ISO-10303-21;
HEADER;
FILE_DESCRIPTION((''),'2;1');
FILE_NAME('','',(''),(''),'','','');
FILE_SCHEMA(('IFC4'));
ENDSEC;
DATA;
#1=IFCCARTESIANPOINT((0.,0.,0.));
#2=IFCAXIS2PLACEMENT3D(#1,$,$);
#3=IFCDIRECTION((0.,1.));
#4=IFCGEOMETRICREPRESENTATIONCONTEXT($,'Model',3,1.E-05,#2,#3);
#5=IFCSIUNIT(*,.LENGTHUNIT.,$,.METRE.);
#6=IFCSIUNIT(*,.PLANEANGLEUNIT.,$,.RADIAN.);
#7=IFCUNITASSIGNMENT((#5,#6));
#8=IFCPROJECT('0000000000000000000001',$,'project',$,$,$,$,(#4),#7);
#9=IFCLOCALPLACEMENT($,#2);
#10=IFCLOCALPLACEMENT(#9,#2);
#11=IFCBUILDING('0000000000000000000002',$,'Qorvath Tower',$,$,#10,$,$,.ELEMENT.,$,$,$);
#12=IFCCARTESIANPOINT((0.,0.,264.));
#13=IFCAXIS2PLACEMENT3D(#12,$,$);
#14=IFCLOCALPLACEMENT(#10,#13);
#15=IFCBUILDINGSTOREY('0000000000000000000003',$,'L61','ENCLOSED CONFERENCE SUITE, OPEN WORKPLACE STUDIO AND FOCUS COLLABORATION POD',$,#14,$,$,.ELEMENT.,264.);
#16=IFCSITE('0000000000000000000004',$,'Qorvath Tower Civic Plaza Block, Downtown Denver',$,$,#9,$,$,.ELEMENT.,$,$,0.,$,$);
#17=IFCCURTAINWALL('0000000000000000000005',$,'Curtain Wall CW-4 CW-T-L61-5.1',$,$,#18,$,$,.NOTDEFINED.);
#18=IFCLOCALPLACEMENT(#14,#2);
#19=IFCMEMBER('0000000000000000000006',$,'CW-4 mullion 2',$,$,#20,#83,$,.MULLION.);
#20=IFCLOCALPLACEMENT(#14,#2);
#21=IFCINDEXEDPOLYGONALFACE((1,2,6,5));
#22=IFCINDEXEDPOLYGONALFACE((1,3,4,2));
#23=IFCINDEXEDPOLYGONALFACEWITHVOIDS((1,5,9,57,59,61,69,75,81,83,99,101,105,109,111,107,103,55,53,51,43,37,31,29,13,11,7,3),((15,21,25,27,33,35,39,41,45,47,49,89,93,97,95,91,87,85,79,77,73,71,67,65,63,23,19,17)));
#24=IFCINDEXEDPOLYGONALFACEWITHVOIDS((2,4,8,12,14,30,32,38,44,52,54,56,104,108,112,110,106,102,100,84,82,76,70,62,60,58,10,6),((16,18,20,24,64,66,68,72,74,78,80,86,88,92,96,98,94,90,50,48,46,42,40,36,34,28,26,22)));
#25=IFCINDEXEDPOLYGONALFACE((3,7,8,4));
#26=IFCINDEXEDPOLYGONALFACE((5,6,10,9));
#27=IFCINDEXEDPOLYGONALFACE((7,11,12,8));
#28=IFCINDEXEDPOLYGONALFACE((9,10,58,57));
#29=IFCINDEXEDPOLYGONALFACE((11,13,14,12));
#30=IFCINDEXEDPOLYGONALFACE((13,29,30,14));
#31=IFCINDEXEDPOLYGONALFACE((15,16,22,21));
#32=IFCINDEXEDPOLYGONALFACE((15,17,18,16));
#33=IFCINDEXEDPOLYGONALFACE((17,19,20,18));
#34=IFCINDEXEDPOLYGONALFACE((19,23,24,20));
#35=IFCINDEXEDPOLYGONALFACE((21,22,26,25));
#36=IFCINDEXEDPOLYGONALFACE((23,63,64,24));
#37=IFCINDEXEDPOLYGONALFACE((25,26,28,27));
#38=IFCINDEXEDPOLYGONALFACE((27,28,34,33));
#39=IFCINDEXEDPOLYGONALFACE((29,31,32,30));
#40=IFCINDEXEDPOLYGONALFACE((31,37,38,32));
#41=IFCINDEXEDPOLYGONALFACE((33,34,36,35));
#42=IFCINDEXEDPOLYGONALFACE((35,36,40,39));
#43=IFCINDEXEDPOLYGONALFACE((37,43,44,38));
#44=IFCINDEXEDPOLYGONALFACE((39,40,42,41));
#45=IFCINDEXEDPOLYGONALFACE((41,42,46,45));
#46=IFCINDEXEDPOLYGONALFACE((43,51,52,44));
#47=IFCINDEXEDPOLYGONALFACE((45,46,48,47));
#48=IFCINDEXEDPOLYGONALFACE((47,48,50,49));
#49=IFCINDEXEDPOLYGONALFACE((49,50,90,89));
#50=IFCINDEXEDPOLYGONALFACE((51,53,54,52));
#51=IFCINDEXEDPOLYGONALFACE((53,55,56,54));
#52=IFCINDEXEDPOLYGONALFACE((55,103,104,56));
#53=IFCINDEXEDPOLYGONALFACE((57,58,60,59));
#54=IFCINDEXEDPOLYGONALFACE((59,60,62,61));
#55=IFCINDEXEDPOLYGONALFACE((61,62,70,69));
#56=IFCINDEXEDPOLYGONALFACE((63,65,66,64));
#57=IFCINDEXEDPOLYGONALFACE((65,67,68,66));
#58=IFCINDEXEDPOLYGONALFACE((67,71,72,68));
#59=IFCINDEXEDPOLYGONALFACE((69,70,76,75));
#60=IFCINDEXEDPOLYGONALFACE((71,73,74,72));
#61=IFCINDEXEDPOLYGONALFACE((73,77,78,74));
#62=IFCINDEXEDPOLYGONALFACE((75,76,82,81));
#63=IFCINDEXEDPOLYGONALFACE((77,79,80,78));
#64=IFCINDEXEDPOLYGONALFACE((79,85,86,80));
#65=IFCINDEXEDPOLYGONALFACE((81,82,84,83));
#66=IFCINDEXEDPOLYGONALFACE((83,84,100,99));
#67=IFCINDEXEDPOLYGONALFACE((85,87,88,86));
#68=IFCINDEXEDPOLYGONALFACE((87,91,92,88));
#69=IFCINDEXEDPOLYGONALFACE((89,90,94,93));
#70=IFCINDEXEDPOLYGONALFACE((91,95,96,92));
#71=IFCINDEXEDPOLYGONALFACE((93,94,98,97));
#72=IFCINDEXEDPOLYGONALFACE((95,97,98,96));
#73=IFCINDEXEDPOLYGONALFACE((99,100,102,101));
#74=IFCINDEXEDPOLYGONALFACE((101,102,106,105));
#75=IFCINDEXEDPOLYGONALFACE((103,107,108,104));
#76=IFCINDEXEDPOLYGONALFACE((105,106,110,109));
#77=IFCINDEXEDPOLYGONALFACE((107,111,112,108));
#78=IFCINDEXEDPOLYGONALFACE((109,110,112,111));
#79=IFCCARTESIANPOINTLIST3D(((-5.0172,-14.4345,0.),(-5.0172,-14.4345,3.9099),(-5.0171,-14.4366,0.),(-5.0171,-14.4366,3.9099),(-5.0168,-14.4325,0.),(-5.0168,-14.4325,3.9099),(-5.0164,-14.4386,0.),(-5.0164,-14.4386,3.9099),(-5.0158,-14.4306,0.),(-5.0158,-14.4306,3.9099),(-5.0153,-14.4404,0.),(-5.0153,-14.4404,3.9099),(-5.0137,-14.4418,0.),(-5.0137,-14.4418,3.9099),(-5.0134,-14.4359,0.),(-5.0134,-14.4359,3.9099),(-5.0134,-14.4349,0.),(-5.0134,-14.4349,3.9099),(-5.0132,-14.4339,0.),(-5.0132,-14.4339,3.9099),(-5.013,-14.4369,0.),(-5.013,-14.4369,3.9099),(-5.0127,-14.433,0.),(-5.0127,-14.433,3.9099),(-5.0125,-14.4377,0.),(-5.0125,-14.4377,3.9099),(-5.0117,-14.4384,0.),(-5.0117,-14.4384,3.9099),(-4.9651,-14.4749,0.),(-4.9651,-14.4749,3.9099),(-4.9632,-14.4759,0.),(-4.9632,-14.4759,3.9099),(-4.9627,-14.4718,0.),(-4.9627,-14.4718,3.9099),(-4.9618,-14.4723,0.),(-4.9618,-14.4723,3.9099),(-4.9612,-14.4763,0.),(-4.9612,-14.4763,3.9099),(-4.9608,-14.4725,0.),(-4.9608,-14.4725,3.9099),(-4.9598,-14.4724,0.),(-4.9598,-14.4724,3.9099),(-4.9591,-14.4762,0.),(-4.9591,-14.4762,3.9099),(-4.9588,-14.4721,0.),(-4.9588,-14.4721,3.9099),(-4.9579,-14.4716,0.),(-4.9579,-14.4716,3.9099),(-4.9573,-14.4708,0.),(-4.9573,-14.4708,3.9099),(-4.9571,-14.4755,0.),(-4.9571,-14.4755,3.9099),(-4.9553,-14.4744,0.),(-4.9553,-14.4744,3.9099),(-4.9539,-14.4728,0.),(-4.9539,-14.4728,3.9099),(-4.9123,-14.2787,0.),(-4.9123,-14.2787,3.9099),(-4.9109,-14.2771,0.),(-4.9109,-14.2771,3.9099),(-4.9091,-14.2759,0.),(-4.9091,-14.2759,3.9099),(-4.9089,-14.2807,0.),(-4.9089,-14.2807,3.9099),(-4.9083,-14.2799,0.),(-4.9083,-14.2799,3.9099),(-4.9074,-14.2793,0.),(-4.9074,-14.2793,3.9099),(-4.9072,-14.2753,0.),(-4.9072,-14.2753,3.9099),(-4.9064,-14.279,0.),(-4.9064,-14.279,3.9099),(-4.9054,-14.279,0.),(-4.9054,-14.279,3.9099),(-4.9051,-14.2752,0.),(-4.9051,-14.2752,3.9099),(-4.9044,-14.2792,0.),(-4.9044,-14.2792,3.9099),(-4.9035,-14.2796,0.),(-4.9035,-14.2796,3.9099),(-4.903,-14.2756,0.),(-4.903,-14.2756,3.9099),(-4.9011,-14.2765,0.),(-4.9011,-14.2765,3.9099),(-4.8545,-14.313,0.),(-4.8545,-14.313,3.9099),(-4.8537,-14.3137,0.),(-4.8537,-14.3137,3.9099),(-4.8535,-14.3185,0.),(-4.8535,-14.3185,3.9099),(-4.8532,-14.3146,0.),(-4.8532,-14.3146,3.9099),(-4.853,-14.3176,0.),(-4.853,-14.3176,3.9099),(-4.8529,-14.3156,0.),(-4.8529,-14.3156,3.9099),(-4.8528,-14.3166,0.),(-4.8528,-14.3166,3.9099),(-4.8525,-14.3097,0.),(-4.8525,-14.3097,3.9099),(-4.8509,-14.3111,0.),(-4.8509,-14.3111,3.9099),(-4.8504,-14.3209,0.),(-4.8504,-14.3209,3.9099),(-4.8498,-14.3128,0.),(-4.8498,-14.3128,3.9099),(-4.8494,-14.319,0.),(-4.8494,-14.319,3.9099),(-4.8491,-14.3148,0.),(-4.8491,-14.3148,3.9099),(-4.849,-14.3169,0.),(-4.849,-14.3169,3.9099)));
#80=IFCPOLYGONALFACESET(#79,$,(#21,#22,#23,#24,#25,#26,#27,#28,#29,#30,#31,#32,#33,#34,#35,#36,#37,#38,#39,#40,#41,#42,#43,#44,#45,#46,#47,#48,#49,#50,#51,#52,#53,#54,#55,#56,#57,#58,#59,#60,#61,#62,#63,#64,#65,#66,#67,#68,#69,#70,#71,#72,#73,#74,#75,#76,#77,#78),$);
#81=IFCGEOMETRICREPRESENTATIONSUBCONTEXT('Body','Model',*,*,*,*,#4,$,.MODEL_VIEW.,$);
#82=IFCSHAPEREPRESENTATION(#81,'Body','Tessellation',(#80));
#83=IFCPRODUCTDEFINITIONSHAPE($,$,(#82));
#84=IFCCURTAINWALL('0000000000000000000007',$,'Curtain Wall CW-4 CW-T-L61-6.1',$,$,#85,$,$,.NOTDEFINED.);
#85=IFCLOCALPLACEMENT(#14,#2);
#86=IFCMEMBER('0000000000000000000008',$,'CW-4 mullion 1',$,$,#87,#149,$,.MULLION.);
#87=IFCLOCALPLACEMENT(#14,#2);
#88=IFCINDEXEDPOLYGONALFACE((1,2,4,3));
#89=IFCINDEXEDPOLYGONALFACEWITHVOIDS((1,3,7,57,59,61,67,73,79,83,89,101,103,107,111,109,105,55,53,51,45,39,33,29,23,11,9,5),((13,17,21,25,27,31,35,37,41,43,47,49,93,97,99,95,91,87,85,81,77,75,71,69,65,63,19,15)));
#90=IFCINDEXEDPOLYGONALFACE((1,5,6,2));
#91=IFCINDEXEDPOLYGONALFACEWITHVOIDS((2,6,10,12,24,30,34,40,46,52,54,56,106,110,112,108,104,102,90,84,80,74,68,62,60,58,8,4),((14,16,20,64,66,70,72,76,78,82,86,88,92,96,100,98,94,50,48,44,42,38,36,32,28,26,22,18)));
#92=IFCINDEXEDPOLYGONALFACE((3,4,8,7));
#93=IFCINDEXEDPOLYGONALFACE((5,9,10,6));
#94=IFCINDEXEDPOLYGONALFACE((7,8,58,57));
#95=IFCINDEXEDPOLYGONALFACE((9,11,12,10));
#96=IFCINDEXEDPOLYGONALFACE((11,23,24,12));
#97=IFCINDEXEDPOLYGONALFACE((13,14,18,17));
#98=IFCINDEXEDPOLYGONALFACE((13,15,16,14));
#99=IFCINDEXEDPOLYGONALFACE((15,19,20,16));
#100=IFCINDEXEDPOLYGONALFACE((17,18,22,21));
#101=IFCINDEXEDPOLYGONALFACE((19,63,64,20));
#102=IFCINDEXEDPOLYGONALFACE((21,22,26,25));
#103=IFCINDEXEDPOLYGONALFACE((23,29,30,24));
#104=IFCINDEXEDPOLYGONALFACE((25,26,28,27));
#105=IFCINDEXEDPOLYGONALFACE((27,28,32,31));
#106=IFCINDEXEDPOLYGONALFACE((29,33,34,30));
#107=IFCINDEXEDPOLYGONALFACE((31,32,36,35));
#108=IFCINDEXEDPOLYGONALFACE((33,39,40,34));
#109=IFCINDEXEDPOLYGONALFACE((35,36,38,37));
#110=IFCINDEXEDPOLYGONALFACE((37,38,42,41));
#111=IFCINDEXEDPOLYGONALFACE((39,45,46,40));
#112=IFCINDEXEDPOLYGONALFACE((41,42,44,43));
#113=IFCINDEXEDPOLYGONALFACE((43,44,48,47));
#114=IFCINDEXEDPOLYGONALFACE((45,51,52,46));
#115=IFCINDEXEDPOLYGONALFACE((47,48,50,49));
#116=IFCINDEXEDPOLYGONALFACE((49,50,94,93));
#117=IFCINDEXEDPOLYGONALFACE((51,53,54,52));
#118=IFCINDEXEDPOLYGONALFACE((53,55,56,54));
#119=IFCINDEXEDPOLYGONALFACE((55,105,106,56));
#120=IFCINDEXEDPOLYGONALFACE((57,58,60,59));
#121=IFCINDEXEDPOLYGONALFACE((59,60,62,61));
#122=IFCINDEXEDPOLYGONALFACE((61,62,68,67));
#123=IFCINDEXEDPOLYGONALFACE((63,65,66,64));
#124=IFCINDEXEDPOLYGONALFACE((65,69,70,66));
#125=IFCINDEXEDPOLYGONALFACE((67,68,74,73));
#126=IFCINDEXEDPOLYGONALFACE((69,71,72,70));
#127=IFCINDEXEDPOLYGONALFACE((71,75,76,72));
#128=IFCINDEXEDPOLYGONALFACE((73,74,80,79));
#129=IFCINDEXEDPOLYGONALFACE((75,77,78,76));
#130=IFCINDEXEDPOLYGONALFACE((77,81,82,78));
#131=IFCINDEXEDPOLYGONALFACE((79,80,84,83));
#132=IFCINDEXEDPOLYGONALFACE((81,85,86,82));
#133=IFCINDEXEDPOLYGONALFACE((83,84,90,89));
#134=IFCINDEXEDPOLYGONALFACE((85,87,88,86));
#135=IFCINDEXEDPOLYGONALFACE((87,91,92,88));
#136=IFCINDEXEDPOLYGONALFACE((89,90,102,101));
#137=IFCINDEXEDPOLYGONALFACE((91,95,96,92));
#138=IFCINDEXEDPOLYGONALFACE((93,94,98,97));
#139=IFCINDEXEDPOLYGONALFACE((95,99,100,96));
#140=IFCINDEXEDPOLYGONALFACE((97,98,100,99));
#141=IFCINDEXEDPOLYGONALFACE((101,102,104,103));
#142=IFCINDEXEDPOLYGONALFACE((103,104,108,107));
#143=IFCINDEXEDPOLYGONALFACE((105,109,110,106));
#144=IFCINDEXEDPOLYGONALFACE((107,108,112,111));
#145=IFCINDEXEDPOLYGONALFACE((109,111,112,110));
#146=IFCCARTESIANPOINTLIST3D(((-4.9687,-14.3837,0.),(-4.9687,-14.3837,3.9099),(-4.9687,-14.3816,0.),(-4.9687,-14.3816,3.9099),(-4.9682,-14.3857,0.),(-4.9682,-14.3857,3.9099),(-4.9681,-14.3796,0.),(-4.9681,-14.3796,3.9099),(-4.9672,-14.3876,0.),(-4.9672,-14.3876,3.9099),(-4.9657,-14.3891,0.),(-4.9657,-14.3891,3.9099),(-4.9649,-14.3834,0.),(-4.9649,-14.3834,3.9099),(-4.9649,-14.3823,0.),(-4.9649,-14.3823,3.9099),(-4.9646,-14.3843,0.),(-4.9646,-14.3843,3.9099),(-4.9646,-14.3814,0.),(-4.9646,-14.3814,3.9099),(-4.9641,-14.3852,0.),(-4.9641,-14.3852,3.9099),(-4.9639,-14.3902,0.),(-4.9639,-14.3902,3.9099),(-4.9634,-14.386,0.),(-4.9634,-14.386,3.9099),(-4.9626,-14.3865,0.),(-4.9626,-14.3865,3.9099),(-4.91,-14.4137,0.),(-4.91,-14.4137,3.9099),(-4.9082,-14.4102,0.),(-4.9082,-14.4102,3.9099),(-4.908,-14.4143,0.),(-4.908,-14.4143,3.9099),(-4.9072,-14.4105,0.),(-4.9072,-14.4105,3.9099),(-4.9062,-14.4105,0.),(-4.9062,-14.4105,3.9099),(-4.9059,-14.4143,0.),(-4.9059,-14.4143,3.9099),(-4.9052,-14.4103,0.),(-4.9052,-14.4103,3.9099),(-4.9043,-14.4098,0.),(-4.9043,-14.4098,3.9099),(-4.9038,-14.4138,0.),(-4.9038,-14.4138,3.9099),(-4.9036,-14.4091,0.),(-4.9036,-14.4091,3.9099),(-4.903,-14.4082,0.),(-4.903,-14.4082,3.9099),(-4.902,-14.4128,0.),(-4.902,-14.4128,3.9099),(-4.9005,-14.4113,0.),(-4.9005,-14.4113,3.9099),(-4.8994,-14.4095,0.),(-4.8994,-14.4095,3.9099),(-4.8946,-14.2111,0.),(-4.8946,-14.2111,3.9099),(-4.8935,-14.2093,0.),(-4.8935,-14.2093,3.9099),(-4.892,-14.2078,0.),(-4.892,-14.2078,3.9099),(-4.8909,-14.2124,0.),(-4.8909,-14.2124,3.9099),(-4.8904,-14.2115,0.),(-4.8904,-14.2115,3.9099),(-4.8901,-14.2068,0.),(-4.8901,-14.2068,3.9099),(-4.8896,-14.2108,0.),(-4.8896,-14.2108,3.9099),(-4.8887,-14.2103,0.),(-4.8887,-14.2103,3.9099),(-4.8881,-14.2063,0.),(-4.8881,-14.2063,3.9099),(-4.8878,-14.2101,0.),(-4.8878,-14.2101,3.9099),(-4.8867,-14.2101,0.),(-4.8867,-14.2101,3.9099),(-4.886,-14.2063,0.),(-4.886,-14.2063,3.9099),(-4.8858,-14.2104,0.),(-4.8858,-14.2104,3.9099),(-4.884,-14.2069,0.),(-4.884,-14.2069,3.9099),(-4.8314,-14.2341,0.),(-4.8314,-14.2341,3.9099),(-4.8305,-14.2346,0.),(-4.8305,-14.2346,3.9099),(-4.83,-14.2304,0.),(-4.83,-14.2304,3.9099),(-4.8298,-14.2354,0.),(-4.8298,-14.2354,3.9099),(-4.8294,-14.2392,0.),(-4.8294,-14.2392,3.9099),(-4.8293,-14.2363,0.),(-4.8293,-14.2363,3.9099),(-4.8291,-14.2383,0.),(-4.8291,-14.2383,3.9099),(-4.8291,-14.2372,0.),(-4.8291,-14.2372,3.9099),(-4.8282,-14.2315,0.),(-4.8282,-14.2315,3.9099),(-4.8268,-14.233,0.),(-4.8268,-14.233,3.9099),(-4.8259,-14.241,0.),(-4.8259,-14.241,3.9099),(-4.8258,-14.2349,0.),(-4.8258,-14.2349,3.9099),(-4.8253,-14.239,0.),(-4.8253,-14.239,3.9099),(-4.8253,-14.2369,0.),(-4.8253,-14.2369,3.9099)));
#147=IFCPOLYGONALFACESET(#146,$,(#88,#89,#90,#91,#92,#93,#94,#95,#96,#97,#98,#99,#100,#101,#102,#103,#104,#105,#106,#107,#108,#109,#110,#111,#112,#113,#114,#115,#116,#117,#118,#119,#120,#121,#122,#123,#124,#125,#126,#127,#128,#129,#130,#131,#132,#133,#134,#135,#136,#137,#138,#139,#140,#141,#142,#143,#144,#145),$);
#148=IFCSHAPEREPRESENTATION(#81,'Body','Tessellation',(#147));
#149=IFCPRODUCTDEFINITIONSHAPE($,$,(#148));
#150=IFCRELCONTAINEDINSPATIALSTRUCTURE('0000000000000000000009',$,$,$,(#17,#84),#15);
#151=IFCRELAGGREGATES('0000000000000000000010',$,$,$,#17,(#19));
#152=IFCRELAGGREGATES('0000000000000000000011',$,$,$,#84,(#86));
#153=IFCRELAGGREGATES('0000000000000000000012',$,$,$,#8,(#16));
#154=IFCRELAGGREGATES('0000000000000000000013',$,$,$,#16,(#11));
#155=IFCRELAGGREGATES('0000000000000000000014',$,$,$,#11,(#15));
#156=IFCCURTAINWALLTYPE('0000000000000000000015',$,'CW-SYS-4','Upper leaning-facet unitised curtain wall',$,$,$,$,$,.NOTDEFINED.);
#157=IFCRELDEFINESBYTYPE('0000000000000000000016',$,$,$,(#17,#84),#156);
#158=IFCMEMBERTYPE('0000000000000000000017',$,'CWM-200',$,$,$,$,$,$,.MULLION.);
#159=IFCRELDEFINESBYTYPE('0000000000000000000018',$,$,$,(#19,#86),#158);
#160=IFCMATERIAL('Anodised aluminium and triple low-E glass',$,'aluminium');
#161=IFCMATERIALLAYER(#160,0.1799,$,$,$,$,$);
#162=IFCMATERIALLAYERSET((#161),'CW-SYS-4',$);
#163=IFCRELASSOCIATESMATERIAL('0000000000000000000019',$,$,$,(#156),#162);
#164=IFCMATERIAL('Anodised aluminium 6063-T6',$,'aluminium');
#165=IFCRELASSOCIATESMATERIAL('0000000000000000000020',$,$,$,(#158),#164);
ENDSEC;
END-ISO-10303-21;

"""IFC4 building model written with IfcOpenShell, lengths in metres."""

from ifc_helpers import new_model, si_unit, direction, frame, origin, origin_2d, place, context, subcontext, project, spatial, hollow_rectangle, extrude, material, layer, layer_set, material_profile, profile_set, type_object, element, aggregate, save


model = new_model("IFC4")

# Units and contexts
model_context = context("Model", 3, precision=1e-05, world=origin(), true_north=direction((0.0, 1.0)))
body_context = subcontext(model_context, "Body", "Model", "MODEL_VIEW")
ifc_project = project(units=[si_unit("LENGTHUNIT", "METRE"), si_unit("PLANEANGLEUNIT", "RADIAN")], contexts=[model_context])

# Site, building, storey
site_placement = place(None, origin())
site = spatial("IfcSite", under=ifc_project, at=site_placement, Name="Qorvath Tower Civic Plaza Block, Downtown Denver", CompositionType="ELEMENT", RefElevation=0.0)
building_placement = place(site_placement, origin())
building = spatial("IfcBuilding", under=site, at=building_placement, Name="Qorvath Tower", CompositionType="ELEMENT")
storey_placement = place(building_placement, frame((0.0, 0.0, 264.0)))
storey = spatial("IfcBuildingStorey", under=building, at=storey_placement, Name="L61", Description="ENCLOSED CONFERENCE SUITE, OPEN WORKPLACE STUDIO AND FOCUS COLLABORATION POD", CompositionType="ELEMENT", Elevation=264.0)

# Shared definitions
ifc_material_1 = material(Name="Anodised aluminium and triple low-E glass", Category="aluminium")
ifc_layer_1 = layer(ifc_material_1, 0.1799)
ifc_layer_set_1 = layer_set([ifc_layer_1], Name="CW-SYS-4")
curtain_wall_type = type_object("IfcCurtainWallType", Name="CW-SYS-4", Description="Upper leaning-facet unitised curtain wall", PredefinedType="NOTDEFINED", material=ifc_layer_set_1)
ifc_material_2 = material(Name="Anodised aluminium 6063-T6", Category="aluminium")
ifc_material_profile_1 = material_profile(ifc_material_2, hollow_rectangle(XDim=0.075, YDim=0.2, WallThickness=0.0039, InnerFilletRadius=0.0039, OuterFilletRadius=0.0081, at=origin_2d()), Name="CWM 200x75")
ifc_profile_set_1 = profile_set([ifc_material_profile_1], Name="Anodised aluminium 6063-T6")
member_type_1 = type_object("IfcMemberType", Name="CWM-200", PredefinedType="MULLION", material=ifc_profile_set_1)

# Curtain walls, members
curtain_wall_1_placement = place(storey_placement, origin())
curtain_wall_1 = element("IfcCurtainWall", 1, at=curtain_wall_1_placement, inside=storey, type_object=curtain_wall_type, Name="Curtain Wall CW-4 CW-T-L61-5.1", PredefinedType="NOTDEFINED")
member_1_placement = place(storey_placement, frame((-4.9331, -14.3757, 0.0), z_axis=(0.0, 0.0, 1.0), x_axis=(-0.826358, 0.563145, 0.0)))
member_1 = element("IfcMember", 2, at=member_1_placement, type_object=member_type_1, Name="CW-4 mullion 2", PredefinedType="MULLION", context=body_context, shape_type="SweptSolid", body=[
    extrude(hollow_rectangle(XDim=0.075, YDim=0.2, WallThickness=0.0039, InnerFilletRadius=0.0039, OuterFilletRadius=0.0081, at=origin_2d()), origin(), (0.0, 0.0, 1.0), 3.9099),
])
curtain_wall_2_placement = place(storey_placement, origin())
curtain_wall_2 = element("IfcCurtainWall", 3, at=curtain_wall_2_placement, inside=storey, type_object=curtain_wall_type, Name="Curtain Wall CW-4 CW-T-L61-6.1", PredefinedType="NOTDEFINED")
member_2_placement = place(storey_placement, frame((-4.897, -14.3103, 0.0), z_axis=(0.0, 0.0, 1.0), x_axis=(-0.916612, 0.399777, 0.0)))
member_2 = element("IfcMember", 4, at=member_2_placement, type_object=member_type_1, Name="CW-4 mullion 1", PredefinedType="MULLION", context=body_context, shape_type="SweptSolid", body=[
    extrude(hollow_rectangle(XDim=0.075, YDim=0.2, WallThickness=0.0039, InnerFilletRadius=0.0039, OuterFilletRadius=0.0081, at=origin_2d()), origin(), (0.0, 0.0, 1.0), 3.9099),
])

aggregate(curtain_wall_1, [member_1])
aggregate(curtain_wall_2, [member_2])

save(model, "model.ifc")
